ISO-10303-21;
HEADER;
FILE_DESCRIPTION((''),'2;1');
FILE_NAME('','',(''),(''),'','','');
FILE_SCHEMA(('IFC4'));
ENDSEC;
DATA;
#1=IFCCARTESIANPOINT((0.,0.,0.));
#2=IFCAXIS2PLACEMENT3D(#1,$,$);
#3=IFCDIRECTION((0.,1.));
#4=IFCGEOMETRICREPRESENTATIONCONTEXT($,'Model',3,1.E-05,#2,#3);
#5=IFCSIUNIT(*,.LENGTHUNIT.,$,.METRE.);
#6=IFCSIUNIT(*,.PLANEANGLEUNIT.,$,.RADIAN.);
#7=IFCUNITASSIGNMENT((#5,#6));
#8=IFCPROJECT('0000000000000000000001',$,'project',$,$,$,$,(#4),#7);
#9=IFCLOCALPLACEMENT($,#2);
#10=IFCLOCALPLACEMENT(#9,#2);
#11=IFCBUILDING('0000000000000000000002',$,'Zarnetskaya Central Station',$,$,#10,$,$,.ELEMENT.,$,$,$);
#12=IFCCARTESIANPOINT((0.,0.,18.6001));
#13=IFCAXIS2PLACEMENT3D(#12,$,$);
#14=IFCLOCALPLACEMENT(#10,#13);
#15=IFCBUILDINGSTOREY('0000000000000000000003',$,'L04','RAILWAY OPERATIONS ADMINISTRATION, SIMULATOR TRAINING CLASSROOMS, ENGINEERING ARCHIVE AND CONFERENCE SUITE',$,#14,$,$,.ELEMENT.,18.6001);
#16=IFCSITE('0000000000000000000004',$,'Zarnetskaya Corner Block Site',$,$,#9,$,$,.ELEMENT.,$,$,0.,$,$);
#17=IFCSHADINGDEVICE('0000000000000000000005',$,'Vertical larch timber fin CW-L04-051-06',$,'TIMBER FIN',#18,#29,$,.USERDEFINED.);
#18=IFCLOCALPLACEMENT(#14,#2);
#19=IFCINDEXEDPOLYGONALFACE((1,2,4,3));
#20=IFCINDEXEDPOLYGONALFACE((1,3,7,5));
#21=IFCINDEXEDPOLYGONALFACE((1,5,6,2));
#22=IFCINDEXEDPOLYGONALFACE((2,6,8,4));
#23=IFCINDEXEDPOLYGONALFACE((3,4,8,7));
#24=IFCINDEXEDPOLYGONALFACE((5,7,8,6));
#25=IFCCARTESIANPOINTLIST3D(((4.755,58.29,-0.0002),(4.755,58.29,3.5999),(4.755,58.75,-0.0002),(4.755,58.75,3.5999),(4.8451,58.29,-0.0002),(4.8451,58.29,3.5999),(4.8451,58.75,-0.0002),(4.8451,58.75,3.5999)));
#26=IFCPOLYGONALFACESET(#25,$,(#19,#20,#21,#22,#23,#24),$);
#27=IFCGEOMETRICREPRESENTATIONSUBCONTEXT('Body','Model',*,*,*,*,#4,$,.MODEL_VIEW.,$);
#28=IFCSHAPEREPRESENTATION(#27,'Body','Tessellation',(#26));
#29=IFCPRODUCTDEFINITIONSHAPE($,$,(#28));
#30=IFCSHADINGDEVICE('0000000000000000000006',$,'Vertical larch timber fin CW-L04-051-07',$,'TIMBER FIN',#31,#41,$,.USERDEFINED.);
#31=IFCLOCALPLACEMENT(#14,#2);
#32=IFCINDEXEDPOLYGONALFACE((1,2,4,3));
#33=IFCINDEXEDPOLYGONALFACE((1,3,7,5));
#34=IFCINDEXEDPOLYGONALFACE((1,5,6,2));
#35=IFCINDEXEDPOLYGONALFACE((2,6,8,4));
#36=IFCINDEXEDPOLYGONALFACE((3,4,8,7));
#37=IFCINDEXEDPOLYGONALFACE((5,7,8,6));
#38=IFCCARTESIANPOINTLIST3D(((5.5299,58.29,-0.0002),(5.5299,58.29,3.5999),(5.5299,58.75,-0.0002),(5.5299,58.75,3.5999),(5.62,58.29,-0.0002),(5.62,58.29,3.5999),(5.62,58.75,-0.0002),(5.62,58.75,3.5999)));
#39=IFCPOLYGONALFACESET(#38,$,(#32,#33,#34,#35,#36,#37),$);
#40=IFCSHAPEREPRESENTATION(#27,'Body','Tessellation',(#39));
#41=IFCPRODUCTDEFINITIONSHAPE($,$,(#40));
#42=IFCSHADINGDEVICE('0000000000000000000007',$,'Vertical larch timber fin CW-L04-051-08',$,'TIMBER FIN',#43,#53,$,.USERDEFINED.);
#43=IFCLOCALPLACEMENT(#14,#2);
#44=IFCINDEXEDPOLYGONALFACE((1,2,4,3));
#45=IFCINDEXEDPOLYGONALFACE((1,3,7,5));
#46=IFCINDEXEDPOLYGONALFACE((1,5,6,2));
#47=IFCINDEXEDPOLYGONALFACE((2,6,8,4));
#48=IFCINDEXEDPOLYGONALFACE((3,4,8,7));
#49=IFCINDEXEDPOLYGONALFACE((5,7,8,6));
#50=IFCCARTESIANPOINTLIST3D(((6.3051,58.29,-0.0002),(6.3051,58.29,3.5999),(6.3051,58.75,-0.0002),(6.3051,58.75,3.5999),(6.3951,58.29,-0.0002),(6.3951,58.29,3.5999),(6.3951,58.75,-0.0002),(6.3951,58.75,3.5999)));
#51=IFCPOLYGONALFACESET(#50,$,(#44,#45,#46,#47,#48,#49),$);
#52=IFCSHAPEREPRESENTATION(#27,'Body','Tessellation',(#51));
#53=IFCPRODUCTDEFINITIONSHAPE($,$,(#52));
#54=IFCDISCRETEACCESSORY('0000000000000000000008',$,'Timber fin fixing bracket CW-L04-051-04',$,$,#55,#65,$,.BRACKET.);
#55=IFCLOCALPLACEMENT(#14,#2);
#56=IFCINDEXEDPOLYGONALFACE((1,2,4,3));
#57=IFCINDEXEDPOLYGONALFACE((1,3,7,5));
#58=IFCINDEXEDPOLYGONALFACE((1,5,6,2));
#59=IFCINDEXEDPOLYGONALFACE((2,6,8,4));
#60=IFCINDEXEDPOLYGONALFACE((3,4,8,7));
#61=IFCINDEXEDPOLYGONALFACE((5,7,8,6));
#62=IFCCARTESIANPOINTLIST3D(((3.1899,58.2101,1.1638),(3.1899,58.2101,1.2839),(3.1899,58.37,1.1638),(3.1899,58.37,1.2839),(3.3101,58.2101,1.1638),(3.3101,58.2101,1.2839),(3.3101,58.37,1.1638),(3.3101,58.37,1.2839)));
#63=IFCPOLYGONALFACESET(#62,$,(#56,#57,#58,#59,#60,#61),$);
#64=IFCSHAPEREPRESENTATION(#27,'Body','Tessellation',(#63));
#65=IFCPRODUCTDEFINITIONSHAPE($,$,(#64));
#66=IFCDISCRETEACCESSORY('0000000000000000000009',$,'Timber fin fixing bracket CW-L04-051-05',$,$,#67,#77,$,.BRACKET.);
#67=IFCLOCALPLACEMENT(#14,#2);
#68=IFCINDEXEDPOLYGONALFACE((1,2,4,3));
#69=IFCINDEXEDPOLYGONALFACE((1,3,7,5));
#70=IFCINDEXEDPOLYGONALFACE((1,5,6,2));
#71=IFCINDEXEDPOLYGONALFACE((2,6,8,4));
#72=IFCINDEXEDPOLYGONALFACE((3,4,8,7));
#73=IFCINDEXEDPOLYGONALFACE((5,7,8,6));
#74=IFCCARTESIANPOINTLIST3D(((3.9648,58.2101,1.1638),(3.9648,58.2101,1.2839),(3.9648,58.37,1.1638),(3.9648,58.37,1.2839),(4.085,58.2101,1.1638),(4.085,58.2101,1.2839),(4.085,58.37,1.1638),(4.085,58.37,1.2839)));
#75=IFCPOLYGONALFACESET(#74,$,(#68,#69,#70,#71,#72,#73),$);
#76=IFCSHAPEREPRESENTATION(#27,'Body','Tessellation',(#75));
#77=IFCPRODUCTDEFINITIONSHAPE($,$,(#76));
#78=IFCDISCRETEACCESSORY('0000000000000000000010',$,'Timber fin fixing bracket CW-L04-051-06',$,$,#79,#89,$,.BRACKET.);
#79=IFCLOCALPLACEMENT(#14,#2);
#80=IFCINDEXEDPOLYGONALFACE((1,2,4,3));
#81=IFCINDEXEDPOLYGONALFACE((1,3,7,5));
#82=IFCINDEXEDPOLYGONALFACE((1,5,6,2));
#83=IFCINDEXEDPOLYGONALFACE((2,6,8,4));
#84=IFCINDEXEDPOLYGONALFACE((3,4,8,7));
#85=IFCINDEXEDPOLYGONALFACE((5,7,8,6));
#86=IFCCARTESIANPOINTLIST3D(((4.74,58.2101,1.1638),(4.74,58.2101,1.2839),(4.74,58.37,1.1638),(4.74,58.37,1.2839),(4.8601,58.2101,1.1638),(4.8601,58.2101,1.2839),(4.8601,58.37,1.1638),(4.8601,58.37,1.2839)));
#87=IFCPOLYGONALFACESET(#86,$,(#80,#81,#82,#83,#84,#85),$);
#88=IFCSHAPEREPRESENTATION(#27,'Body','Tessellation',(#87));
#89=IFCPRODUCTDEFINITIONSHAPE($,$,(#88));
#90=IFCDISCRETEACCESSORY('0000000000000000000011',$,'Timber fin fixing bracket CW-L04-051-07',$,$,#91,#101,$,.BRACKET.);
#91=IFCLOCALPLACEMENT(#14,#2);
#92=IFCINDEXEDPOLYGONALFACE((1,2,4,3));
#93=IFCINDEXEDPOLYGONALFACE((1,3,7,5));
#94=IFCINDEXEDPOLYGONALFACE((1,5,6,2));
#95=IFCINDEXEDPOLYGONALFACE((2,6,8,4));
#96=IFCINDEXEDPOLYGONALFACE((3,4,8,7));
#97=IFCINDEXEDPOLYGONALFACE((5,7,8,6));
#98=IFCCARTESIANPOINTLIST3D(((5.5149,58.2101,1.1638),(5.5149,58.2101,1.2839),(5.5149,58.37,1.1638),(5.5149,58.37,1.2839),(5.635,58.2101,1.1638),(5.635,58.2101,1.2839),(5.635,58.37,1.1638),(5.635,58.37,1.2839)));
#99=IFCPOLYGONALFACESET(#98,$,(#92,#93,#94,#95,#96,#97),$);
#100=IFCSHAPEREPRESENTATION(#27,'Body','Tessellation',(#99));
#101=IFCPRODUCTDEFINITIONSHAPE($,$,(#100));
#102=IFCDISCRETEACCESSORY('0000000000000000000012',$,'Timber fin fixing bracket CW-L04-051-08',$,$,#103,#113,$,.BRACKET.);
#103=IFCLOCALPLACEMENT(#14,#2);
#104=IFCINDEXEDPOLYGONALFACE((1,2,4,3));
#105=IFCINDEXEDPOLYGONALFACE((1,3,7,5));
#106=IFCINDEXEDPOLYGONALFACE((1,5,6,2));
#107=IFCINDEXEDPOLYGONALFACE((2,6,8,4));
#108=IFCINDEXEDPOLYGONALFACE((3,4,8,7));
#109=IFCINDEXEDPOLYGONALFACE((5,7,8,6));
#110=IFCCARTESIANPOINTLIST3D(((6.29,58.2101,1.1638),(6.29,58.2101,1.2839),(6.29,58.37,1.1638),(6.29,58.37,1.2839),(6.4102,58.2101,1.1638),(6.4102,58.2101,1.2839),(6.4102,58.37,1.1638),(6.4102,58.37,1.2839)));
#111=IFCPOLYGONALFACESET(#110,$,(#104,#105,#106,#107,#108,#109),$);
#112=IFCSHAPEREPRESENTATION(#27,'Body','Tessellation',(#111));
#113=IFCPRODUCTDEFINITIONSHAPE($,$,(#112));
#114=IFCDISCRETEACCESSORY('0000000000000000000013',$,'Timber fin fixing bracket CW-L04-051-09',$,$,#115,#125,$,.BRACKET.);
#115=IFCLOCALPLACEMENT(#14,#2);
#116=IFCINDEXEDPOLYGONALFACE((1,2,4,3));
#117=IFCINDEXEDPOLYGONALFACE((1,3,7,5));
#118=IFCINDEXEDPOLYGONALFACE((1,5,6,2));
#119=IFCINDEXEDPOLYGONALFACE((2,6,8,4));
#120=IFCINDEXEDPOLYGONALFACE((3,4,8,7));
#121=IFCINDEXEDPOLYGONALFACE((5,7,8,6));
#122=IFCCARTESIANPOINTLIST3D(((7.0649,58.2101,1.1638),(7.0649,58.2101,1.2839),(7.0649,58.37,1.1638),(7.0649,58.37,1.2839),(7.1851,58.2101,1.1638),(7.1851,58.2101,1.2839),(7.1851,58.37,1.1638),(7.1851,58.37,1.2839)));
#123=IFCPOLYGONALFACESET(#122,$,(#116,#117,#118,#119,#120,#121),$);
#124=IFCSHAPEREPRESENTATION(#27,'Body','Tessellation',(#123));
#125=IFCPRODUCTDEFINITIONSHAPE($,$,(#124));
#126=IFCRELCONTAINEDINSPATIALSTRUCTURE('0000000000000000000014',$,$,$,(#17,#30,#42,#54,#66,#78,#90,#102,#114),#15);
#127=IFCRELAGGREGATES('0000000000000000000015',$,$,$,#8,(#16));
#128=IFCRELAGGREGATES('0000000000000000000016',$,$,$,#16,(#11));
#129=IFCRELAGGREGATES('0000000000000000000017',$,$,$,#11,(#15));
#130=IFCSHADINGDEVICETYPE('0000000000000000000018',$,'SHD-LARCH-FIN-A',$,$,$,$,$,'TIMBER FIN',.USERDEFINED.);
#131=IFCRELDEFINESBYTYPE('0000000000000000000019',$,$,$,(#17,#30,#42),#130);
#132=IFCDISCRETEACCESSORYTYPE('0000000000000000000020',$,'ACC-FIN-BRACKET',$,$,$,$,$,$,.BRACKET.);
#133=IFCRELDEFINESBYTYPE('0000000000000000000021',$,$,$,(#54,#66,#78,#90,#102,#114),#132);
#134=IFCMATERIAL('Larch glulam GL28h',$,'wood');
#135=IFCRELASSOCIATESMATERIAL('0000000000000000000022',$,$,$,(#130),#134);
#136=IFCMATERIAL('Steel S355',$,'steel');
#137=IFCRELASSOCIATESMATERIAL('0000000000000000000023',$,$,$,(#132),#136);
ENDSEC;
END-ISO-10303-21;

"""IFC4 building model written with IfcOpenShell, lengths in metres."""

from ifc_helpers import new_model, si_unit, direction, frame, origin, origin_2d, place, context, subcontext, project, spatial, rectangle, extrude, material, type_object, element, save


model = new_model("IFC4")

# Units and contexts
model_context = context("Model", 3, precision=1e-05, world=origin(), true_north=direction((0.0, 1.0)))
body_context = subcontext(model_context, "Body", "Model", "MODEL_VIEW")
ifc_project = project(units=[si_unit("LENGTHUNIT", "METRE"), si_unit("PLANEANGLEUNIT", "RADIAN")], contexts=[model_context])

# Site, building, storey
site_placement = place(None, origin())
site = spatial("IfcSite", under=ifc_project, at=site_placement, Name="Zarnetskaya Corner Block Site", CompositionType="ELEMENT", RefElevation=0.0)
building_placement = place(site_placement, origin())
building = spatial("IfcBuilding", under=site, at=building_placement, Name="Zarnetskaya Central Station", CompositionType="ELEMENT")
storey_placement = place(building_placement, frame((0.0, 0.0, 18.6001)))
storey = spatial("IfcBuildingStorey", under=building, at=storey_placement, Name="L04", Description="RAILWAY OPERATIONS ADMINISTRATION, SIMULATOR TRAINING CLASSROOMS, ENGINEERING ARCHIVE AND CONFERENCE SUITE", CompositionType="ELEMENT", Elevation=18.6001)

# Shading devices
ifc_material_1 = material(Name="Larch glulam GL28h", Category="wood")
shading_device_type = type_object("IfcShadingDeviceType", Name="SHD-LARCH-FIN-A", ElementType="TIMBER FIN", PredefinedType="USERDEFINED", material=ifc_material_1)
for number, where, z_axis, x_axis, name in (
    (1, (4.8, 58.52, -0.0002), (0.0, 0.0, 1.0), (1.0, 0.0, 0.0), "Vertical larch timber fin CW-L04-051-06"),
    (2, (5.575, 58.52, -0.0002), (0.0, 0.0, 1.0), (1.0, 0.0, 0.0), "Vertical larch timber fin CW-L04-051-07"),
    (3, (6.3501, 58.52, -0.0002), (0.0, 0.0, 1.0), (1.0, 0.0, 0.0), "Vertical larch timber fin CW-L04-051-08"),
):
    element("IfcShadingDevice", number, at=place(storey_placement, frame(where, z_axis=z_axis, x_axis=x_axis)), inside=storey, type_object=shading_device_type, Name=name, ObjectType="TIMBER FIN", PredefinedType="USERDEFINED", context=body_context, shape_type="SweptSolid", body=[
        extrude(rectangle(XDim=0.0901, YDim=0.46, at=origin_2d()), origin(), (0.0, 0.0, 1.0), 3.6001),
    ])

# Discrete accessories
ifc_material_2 = material(Name="Steel S355", Category="steel")
discrete_accessory_type = type_object("IfcDiscreteAccessoryType", Name="ACC-FIN-BRACKET", PredefinedType="BRACKET", material=ifc_material_2)
for number, where, z_axis, x_axis, name in (
    (4, (3.25, 58.29, 1.1638), (0.0, 0.0, 1.0), (1.0, 0.0, 0.0), "Timber fin fixing bracket CW-L04-051-04"),
    (5, (4.0249, 58.29, 1.1638), (0.0, 0.0, 1.0), (1.0, 0.0, 0.0), "Timber fin fixing bracket CW-L04-051-05"),
    (6, (4.8, 58.29, 1.1638), (0.0, 0.0, 1.0), (1.0, 0.0, 0.0), "Timber fin fixing bracket CW-L04-051-06"),
    (7, (5.575, 58.29, 1.1638), (0.0, 0.0, 1.0), (1.0, 0.0, 0.0), "Timber fin fixing bracket CW-L04-051-07"),
    (8, (6.3501, 58.29, 1.1638), (0.0, 0.0, 1.0), (1.0, 0.0, 0.0), "Timber fin fixing bracket CW-L04-051-08"),
    (9, (7.125, 58.29, 1.1638), (0.0, 0.0, 1.0), (1.0, 0.0, 0.0), "Timber fin fixing bracket CW-L04-051-09"),
):
    element("IfcDiscreteAccessory", number, at=place(storey_placement, frame(where, z_axis=z_axis, x_axis=x_axis)), inside=storey, type_object=discrete_accessory_type, Name=name, PredefinedType="BRACKET", context=body_context, shape_type="SweptSolid", body=[
        extrude(rectangle(XDim=0.1201, YDim=0.1599, at=origin_2d()), origin(), (0.0, 0.0, 1.0), 0.1201),
    ])

save(model, "model.ifc")
